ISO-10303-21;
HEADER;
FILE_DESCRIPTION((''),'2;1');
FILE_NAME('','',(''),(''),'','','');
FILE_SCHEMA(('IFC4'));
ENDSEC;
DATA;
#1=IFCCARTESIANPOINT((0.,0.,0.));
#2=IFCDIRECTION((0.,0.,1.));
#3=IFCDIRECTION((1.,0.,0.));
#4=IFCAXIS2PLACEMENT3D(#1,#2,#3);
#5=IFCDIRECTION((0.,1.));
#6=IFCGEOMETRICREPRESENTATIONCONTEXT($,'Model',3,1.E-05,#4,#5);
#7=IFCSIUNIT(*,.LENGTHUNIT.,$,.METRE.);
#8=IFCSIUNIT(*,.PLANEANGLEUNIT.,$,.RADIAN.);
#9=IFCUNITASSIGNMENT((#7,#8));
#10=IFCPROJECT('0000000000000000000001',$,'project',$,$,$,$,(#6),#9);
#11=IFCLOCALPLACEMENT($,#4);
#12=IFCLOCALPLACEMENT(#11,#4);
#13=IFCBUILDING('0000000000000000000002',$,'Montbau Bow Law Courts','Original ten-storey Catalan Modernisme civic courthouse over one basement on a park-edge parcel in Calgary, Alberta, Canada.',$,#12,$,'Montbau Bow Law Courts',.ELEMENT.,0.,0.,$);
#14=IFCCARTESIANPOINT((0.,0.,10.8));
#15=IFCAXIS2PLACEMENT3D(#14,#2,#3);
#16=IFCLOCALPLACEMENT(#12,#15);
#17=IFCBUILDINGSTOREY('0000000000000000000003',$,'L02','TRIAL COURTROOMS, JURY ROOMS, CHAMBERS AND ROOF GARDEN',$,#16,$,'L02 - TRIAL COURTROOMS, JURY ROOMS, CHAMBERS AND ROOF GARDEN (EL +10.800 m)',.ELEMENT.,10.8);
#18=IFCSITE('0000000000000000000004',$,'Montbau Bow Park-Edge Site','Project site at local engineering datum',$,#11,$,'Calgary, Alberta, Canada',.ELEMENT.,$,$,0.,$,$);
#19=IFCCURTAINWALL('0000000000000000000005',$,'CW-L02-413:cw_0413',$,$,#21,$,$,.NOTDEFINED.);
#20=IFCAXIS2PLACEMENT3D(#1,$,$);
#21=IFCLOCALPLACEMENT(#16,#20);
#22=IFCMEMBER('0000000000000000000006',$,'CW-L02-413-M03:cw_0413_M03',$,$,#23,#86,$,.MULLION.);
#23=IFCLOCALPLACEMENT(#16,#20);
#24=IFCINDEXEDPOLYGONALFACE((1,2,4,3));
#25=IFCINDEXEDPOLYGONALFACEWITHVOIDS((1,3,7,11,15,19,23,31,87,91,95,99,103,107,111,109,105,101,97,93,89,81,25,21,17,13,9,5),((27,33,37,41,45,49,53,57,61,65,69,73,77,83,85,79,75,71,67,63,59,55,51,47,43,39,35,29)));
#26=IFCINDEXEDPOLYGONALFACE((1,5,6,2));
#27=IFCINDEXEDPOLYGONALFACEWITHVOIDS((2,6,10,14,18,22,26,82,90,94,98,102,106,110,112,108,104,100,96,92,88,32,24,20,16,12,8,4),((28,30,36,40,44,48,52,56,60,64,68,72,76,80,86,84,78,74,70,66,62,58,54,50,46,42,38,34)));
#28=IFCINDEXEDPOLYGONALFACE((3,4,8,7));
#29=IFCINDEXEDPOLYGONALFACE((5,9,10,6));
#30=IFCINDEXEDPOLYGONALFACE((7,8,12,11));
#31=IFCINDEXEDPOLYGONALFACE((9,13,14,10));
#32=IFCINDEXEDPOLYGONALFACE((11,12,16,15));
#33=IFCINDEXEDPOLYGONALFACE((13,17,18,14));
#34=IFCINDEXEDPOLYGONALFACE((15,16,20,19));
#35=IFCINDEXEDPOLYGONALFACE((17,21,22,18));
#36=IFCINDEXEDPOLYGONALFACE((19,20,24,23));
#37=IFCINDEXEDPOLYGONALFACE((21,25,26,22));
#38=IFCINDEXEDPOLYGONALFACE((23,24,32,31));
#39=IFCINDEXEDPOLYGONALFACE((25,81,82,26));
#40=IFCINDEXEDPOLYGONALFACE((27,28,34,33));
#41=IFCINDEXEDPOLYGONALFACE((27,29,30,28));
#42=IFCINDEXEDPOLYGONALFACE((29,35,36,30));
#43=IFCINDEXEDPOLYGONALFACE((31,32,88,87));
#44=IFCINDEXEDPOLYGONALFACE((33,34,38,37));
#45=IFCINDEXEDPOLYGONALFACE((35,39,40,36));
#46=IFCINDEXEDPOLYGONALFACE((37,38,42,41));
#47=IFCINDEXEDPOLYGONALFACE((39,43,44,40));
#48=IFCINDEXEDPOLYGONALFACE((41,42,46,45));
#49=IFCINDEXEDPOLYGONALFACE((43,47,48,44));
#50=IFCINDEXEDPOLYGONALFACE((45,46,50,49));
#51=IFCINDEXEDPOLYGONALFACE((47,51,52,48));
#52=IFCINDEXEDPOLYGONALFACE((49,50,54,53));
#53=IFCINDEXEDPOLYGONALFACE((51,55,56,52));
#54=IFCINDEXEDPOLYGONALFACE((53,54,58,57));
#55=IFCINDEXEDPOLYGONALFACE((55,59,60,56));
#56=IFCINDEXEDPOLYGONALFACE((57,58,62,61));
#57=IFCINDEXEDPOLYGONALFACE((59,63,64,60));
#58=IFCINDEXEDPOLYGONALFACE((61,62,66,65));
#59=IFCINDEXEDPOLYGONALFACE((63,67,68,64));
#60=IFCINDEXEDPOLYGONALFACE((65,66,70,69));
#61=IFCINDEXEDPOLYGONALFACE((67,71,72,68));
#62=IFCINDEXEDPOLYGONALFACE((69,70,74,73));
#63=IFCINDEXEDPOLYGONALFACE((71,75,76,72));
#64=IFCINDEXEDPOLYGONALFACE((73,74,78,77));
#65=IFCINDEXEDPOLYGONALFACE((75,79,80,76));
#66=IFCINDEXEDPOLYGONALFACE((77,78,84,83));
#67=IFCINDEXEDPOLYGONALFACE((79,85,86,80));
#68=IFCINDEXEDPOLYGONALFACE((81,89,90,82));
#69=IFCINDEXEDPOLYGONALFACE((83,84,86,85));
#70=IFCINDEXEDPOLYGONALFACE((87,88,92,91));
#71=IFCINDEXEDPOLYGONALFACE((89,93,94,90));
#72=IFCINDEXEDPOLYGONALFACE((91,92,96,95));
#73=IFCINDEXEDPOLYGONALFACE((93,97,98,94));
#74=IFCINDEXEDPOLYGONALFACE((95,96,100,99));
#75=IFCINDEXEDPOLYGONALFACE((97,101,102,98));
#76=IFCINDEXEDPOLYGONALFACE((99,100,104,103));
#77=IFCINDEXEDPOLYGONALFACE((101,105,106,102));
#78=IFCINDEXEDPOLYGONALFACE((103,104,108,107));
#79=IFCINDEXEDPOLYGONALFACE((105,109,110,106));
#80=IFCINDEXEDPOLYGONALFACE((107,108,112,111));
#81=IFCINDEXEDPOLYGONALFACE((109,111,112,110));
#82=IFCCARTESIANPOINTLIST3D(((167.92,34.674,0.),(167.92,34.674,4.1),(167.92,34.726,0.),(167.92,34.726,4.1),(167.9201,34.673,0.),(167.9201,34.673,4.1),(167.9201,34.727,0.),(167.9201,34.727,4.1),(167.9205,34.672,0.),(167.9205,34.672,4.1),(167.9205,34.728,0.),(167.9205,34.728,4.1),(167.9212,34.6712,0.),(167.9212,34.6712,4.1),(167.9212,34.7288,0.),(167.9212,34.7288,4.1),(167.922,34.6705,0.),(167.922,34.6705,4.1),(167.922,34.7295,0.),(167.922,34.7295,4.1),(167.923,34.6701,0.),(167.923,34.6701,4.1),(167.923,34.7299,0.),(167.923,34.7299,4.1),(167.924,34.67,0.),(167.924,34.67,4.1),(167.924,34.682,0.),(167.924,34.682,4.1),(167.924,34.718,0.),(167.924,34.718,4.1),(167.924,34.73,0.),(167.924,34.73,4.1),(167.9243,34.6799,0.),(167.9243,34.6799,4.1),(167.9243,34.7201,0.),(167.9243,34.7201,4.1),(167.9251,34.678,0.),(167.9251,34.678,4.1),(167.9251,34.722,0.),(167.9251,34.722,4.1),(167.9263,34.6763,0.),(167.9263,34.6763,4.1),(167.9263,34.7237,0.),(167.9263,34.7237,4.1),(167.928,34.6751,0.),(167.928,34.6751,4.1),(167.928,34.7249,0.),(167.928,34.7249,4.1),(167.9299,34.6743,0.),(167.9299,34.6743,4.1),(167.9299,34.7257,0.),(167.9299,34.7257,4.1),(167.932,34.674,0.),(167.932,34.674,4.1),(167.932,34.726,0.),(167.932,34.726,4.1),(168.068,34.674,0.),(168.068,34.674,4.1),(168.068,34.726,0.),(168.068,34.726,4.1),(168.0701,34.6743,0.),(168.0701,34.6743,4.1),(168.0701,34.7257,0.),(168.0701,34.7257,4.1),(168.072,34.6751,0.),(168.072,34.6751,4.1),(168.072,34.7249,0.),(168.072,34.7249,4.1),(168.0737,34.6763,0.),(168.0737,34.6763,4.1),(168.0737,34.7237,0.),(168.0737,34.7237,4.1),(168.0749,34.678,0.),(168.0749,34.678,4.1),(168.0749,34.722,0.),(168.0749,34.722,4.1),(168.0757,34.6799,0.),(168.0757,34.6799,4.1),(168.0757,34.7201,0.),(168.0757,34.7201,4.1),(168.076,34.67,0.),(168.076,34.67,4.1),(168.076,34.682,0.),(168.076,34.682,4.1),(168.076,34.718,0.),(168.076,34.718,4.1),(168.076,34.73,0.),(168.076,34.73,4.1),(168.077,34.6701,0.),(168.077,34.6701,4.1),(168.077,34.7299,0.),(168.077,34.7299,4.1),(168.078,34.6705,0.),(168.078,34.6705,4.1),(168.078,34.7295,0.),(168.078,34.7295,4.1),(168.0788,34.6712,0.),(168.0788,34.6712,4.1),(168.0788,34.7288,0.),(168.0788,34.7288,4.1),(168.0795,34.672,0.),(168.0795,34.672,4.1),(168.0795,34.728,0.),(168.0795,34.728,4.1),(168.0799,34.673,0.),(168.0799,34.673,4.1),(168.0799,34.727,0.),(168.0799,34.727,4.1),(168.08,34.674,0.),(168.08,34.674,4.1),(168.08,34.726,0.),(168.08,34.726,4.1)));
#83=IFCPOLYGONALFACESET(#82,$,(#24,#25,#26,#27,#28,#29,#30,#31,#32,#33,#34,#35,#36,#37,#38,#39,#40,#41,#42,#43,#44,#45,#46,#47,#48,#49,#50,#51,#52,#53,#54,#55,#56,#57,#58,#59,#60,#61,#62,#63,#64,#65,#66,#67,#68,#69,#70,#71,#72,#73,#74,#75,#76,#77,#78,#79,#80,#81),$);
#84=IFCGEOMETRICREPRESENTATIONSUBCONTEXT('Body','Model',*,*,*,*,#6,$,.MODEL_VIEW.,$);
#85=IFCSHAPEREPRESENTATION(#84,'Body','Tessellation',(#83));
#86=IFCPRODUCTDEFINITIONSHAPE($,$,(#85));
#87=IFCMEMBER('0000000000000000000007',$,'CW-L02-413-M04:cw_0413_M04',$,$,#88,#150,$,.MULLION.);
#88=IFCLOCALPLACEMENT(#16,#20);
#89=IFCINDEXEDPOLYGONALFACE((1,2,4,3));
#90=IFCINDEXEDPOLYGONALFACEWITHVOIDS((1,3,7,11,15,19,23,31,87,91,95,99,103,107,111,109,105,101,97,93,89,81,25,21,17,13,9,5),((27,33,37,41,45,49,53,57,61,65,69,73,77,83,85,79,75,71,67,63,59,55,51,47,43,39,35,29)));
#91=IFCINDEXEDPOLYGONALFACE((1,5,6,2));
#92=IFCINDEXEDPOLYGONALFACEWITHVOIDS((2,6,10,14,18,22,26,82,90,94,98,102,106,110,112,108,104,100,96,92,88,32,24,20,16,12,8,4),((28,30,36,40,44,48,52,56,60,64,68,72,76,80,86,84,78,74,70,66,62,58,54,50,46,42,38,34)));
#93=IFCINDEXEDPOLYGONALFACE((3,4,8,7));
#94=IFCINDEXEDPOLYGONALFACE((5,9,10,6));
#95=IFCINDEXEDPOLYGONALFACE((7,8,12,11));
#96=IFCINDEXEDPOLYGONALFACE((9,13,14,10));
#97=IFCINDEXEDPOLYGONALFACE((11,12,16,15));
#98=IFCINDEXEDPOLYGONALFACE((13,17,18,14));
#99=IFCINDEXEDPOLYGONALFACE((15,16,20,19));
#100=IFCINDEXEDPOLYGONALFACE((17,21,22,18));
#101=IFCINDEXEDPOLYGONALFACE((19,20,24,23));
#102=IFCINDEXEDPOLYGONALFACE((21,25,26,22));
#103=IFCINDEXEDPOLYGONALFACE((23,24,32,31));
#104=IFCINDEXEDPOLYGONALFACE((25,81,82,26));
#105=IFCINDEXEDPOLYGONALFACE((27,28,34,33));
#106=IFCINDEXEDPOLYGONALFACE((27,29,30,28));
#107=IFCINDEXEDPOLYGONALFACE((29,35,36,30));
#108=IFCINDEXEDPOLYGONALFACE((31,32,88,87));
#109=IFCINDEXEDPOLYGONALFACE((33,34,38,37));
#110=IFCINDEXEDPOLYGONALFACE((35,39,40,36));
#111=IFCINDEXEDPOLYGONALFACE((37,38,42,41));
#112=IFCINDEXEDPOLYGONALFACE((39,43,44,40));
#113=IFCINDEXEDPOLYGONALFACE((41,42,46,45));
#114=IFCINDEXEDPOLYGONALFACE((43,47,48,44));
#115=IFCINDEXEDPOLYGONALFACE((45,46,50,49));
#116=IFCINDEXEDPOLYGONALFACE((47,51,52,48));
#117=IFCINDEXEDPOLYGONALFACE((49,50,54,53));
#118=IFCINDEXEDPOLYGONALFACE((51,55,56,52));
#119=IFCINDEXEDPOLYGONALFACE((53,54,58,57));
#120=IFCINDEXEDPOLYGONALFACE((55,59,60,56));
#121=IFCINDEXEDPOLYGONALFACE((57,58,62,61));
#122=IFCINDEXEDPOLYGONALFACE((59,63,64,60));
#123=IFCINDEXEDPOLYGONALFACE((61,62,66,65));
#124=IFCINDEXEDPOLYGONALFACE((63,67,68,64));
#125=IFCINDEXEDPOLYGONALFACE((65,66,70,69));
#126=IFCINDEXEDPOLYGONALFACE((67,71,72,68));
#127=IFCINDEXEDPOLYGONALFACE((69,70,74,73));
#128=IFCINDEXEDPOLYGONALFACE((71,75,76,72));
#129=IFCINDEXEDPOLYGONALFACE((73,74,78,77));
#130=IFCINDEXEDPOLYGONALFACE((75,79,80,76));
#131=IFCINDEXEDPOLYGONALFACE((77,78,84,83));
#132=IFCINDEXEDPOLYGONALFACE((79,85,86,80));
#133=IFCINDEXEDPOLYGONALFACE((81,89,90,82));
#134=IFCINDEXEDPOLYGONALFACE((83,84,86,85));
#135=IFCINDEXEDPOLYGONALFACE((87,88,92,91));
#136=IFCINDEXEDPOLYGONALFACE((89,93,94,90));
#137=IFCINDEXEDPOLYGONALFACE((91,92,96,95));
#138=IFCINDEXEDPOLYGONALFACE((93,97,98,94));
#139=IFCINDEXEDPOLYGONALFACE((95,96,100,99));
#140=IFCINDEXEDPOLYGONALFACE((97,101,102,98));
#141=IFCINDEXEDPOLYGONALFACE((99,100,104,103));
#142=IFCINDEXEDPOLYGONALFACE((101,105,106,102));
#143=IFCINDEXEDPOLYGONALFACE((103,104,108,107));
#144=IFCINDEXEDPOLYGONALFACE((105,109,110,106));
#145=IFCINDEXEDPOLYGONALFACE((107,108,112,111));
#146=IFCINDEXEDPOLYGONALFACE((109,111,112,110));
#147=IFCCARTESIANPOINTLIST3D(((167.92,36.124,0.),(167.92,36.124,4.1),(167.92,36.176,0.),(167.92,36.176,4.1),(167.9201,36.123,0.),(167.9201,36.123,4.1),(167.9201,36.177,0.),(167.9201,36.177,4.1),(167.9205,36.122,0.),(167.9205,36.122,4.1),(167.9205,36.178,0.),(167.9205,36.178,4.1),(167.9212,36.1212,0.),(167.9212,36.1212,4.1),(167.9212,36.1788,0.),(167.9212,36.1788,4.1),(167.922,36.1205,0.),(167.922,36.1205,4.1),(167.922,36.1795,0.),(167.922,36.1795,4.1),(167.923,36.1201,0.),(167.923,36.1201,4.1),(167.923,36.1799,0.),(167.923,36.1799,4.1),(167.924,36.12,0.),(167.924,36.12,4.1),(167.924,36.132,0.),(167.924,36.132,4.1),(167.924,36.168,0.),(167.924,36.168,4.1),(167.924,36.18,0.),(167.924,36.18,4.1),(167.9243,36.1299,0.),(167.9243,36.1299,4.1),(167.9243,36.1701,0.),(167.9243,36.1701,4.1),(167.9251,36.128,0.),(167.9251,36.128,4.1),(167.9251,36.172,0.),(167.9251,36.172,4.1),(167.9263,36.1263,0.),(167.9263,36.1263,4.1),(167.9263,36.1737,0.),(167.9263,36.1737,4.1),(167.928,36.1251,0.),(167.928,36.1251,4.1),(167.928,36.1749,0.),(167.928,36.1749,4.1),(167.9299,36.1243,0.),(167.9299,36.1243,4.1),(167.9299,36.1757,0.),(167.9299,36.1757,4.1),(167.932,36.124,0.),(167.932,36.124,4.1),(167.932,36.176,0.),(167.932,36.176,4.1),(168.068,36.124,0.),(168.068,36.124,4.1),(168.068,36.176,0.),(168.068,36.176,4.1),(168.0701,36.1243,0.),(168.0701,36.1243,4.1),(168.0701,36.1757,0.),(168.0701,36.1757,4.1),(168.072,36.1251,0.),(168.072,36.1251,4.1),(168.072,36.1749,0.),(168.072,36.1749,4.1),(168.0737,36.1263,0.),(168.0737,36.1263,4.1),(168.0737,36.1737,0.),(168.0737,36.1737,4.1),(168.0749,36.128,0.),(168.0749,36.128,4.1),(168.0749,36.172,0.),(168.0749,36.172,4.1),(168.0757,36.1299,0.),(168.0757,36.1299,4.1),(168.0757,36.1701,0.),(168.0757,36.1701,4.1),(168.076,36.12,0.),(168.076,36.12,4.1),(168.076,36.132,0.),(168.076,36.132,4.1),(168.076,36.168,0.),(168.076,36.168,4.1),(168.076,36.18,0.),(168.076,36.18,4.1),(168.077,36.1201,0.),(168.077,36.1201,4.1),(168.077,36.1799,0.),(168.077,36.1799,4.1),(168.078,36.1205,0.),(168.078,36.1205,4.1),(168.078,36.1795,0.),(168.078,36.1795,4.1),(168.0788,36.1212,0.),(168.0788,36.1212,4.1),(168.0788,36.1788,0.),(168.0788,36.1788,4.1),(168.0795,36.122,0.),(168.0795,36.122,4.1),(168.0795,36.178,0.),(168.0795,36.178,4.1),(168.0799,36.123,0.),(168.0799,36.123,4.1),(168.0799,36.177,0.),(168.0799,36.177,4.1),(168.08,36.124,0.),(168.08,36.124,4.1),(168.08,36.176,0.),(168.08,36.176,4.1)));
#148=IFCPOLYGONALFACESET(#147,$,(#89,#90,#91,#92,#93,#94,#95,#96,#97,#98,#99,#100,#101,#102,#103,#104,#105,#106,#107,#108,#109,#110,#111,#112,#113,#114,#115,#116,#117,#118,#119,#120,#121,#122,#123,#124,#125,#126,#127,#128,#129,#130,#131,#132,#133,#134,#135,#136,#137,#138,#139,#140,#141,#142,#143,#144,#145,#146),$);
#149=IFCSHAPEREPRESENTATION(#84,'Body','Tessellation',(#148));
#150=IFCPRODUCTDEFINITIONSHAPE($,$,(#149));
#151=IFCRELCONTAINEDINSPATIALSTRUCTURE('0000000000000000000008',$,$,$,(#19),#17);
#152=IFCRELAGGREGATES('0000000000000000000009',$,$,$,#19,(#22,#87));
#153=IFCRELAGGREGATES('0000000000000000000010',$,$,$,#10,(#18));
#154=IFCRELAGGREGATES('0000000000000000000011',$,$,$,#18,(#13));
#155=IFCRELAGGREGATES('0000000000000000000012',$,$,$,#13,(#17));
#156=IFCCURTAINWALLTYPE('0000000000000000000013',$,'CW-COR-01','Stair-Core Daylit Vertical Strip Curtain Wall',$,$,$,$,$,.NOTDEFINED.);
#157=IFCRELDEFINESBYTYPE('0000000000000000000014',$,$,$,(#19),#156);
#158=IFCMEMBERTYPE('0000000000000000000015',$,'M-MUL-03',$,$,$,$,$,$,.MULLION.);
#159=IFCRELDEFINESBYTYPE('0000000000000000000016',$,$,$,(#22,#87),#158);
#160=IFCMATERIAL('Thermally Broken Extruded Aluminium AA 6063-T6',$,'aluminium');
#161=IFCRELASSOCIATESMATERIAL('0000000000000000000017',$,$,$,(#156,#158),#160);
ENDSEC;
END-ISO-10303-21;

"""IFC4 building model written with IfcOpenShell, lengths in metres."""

from ifc_helpers import new_model, si_unit, direction, frame, origin_with_axes, origin_2d_with_axis, place, context, subcontext, project, spatial, hollow_rectangle, extrude, material, material_profile, profile_set, type_object, element, aggregate, save


model = new_model("IFC4")

# Units and contexts
model_context = context("Model", 3, precision=1e-05, world=origin_with_axes(), true_north=direction((0.0, 1.0)))
body_context = subcontext(model_context, "Body", "Model", "MODEL_VIEW")
ifc_project = project(units=[si_unit("LENGTHUNIT", "METRE"), si_unit("PLANEANGLEUNIT", "RADIAN")], contexts=[model_context])

# Site, building, storey
site_placement = place(None, origin_with_axes())
site = spatial("IfcSite", under=ifc_project, at=site_placement, Name="Montbau Bow Park-Edge Site", Description="Project site at local engineering datum", LongName="Calgary, Alberta, Canada", CompositionType="ELEMENT", RefElevation=0.0)
building_placement = place(site_placement, origin_with_axes())
building = spatial("IfcBuilding", under=site, at=building_placement, Name="Montbau Bow Law Courts", Description="Original ten-storey Catalan Modernisme civic courthouse over one basement on a park-edge parcel in Calgary, Alberta, Canada.", LongName="Montbau Bow Law Courts", CompositionType="ELEMENT", ElevationOfRefHeight=0.0, ElevationOfTerrain=0.0)
storey_placement = place(building_placement, frame((0.0, 0.0, 10.8), z_axis=(0.0, 0.0, 1.0), x_axis=(1.0, 0.0, 0.0)))
storey = spatial("IfcBuildingStorey", under=building, at=storey_placement, Name="L02", Description="TRIAL COURTROOMS, JURY ROOMS, CHAMBERS AND ROOF GARDEN", LongName="L02 - TRIAL COURTROOMS, JURY ROOMS, CHAMBERS AND ROOF GARDEN (EL +10.800 m)", CompositionType="ELEMENT", Elevation=10.8)

# Curtain wall, members
ifc_material_1 = material(Name="Thermally Broken Extruded Aluminium AA 6063-T6", Category="aluminium")
curtain_wall_type = type_object("IfcCurtainWallType", Name="CW-COR-01", Description="Stair-Core Daylit Vertical Strip Curtain Wall", PredefinedType="NOTDEFINED", material=ifc_material_1)
curtain_wall_placement = place(None, frame((168.0, 31.8, 10.8), z_axis=(0.0, 0.0, 1.0), x_axis=(1.0, 0.0, 0.0)))
curtain_wall = element("IfcCurtainWall", 1, at=curtain_wall_placement, inside=storey, type_object=curtain_wall_type, Name="CW-L02-413:cw_0413", PredefinedType="NOTDEFINED")
ifc_material_profile_1 = material_profile(ifc_material_1, hollow_rectangle(XDim=0.06, YDim=0.16, WallThickness=0.004, InnerFilletRadius=0.008, OuterFilletRadius=0.004, at=origin_2d_with_axis()), Name="CWM-160X60", Category="Main", Priority=0)
ifc_profile_set_1 = profile_set([ifc_material_profile_1], Name="Thermally Broken Extruded Aluminium AA 6063-T6")
member_type_1 = type_object("IfcMemberType", Name="M-MUL-03", PredefinedType="MULLION", material=ifc_profile_set_1)
member_1_placement = place(None, frame((168.0, 34.7, 10.8), z_axis=(0.0, 0.0, 1.0), x_axis=(0.0, 1.0, 0.0)))
member_1 = element("IfcMember", 2, at=member_1_placement, type_object=member_type_1, Name="CW-L02-413-M03:cw_0413_M03", PredefinedType="MULLION", context=body_context, shape_type="SweptSolid", body=[
    extrude(hollow_rectangle(XDim=0.06, YDim=0.16, WallThickness=0.004, InnerFilletRadius=0.008, OuterFilletRadius=0.004, at=origin_2d_with_axis()), origin_with_axes(), (0.0, 0.0, 1.0), 4.1),
])
member_2_placement = place(None, frame((168.0, 36.15, 10.8), z_axis=(0.0, 0.0, 1.0), x_axis=(0.0, 1.0, 0.0)))
member_2 = element("IfcMember", 3, at=member_2_placement, type_object=member_type_1, Name="CW-L02-413-M04:cw_0413_M04", PredefinedType="MULLION", context=body_context, shape_type="SweptSolid", body=[
    extrude(hollow_rectangle(XDim=0.06, YDim=0.16, WallThickness=0.004, InnerFilletRadius=0.008, OuterFilletRadius=0.004, at=origin_2d_with_axis()), origin_with_axes(), (0.0, 0.0, 1.0), 4.1),
])
aggregate(curtain_wall, [member_1, member_2])

save(model, "model.ifc")
